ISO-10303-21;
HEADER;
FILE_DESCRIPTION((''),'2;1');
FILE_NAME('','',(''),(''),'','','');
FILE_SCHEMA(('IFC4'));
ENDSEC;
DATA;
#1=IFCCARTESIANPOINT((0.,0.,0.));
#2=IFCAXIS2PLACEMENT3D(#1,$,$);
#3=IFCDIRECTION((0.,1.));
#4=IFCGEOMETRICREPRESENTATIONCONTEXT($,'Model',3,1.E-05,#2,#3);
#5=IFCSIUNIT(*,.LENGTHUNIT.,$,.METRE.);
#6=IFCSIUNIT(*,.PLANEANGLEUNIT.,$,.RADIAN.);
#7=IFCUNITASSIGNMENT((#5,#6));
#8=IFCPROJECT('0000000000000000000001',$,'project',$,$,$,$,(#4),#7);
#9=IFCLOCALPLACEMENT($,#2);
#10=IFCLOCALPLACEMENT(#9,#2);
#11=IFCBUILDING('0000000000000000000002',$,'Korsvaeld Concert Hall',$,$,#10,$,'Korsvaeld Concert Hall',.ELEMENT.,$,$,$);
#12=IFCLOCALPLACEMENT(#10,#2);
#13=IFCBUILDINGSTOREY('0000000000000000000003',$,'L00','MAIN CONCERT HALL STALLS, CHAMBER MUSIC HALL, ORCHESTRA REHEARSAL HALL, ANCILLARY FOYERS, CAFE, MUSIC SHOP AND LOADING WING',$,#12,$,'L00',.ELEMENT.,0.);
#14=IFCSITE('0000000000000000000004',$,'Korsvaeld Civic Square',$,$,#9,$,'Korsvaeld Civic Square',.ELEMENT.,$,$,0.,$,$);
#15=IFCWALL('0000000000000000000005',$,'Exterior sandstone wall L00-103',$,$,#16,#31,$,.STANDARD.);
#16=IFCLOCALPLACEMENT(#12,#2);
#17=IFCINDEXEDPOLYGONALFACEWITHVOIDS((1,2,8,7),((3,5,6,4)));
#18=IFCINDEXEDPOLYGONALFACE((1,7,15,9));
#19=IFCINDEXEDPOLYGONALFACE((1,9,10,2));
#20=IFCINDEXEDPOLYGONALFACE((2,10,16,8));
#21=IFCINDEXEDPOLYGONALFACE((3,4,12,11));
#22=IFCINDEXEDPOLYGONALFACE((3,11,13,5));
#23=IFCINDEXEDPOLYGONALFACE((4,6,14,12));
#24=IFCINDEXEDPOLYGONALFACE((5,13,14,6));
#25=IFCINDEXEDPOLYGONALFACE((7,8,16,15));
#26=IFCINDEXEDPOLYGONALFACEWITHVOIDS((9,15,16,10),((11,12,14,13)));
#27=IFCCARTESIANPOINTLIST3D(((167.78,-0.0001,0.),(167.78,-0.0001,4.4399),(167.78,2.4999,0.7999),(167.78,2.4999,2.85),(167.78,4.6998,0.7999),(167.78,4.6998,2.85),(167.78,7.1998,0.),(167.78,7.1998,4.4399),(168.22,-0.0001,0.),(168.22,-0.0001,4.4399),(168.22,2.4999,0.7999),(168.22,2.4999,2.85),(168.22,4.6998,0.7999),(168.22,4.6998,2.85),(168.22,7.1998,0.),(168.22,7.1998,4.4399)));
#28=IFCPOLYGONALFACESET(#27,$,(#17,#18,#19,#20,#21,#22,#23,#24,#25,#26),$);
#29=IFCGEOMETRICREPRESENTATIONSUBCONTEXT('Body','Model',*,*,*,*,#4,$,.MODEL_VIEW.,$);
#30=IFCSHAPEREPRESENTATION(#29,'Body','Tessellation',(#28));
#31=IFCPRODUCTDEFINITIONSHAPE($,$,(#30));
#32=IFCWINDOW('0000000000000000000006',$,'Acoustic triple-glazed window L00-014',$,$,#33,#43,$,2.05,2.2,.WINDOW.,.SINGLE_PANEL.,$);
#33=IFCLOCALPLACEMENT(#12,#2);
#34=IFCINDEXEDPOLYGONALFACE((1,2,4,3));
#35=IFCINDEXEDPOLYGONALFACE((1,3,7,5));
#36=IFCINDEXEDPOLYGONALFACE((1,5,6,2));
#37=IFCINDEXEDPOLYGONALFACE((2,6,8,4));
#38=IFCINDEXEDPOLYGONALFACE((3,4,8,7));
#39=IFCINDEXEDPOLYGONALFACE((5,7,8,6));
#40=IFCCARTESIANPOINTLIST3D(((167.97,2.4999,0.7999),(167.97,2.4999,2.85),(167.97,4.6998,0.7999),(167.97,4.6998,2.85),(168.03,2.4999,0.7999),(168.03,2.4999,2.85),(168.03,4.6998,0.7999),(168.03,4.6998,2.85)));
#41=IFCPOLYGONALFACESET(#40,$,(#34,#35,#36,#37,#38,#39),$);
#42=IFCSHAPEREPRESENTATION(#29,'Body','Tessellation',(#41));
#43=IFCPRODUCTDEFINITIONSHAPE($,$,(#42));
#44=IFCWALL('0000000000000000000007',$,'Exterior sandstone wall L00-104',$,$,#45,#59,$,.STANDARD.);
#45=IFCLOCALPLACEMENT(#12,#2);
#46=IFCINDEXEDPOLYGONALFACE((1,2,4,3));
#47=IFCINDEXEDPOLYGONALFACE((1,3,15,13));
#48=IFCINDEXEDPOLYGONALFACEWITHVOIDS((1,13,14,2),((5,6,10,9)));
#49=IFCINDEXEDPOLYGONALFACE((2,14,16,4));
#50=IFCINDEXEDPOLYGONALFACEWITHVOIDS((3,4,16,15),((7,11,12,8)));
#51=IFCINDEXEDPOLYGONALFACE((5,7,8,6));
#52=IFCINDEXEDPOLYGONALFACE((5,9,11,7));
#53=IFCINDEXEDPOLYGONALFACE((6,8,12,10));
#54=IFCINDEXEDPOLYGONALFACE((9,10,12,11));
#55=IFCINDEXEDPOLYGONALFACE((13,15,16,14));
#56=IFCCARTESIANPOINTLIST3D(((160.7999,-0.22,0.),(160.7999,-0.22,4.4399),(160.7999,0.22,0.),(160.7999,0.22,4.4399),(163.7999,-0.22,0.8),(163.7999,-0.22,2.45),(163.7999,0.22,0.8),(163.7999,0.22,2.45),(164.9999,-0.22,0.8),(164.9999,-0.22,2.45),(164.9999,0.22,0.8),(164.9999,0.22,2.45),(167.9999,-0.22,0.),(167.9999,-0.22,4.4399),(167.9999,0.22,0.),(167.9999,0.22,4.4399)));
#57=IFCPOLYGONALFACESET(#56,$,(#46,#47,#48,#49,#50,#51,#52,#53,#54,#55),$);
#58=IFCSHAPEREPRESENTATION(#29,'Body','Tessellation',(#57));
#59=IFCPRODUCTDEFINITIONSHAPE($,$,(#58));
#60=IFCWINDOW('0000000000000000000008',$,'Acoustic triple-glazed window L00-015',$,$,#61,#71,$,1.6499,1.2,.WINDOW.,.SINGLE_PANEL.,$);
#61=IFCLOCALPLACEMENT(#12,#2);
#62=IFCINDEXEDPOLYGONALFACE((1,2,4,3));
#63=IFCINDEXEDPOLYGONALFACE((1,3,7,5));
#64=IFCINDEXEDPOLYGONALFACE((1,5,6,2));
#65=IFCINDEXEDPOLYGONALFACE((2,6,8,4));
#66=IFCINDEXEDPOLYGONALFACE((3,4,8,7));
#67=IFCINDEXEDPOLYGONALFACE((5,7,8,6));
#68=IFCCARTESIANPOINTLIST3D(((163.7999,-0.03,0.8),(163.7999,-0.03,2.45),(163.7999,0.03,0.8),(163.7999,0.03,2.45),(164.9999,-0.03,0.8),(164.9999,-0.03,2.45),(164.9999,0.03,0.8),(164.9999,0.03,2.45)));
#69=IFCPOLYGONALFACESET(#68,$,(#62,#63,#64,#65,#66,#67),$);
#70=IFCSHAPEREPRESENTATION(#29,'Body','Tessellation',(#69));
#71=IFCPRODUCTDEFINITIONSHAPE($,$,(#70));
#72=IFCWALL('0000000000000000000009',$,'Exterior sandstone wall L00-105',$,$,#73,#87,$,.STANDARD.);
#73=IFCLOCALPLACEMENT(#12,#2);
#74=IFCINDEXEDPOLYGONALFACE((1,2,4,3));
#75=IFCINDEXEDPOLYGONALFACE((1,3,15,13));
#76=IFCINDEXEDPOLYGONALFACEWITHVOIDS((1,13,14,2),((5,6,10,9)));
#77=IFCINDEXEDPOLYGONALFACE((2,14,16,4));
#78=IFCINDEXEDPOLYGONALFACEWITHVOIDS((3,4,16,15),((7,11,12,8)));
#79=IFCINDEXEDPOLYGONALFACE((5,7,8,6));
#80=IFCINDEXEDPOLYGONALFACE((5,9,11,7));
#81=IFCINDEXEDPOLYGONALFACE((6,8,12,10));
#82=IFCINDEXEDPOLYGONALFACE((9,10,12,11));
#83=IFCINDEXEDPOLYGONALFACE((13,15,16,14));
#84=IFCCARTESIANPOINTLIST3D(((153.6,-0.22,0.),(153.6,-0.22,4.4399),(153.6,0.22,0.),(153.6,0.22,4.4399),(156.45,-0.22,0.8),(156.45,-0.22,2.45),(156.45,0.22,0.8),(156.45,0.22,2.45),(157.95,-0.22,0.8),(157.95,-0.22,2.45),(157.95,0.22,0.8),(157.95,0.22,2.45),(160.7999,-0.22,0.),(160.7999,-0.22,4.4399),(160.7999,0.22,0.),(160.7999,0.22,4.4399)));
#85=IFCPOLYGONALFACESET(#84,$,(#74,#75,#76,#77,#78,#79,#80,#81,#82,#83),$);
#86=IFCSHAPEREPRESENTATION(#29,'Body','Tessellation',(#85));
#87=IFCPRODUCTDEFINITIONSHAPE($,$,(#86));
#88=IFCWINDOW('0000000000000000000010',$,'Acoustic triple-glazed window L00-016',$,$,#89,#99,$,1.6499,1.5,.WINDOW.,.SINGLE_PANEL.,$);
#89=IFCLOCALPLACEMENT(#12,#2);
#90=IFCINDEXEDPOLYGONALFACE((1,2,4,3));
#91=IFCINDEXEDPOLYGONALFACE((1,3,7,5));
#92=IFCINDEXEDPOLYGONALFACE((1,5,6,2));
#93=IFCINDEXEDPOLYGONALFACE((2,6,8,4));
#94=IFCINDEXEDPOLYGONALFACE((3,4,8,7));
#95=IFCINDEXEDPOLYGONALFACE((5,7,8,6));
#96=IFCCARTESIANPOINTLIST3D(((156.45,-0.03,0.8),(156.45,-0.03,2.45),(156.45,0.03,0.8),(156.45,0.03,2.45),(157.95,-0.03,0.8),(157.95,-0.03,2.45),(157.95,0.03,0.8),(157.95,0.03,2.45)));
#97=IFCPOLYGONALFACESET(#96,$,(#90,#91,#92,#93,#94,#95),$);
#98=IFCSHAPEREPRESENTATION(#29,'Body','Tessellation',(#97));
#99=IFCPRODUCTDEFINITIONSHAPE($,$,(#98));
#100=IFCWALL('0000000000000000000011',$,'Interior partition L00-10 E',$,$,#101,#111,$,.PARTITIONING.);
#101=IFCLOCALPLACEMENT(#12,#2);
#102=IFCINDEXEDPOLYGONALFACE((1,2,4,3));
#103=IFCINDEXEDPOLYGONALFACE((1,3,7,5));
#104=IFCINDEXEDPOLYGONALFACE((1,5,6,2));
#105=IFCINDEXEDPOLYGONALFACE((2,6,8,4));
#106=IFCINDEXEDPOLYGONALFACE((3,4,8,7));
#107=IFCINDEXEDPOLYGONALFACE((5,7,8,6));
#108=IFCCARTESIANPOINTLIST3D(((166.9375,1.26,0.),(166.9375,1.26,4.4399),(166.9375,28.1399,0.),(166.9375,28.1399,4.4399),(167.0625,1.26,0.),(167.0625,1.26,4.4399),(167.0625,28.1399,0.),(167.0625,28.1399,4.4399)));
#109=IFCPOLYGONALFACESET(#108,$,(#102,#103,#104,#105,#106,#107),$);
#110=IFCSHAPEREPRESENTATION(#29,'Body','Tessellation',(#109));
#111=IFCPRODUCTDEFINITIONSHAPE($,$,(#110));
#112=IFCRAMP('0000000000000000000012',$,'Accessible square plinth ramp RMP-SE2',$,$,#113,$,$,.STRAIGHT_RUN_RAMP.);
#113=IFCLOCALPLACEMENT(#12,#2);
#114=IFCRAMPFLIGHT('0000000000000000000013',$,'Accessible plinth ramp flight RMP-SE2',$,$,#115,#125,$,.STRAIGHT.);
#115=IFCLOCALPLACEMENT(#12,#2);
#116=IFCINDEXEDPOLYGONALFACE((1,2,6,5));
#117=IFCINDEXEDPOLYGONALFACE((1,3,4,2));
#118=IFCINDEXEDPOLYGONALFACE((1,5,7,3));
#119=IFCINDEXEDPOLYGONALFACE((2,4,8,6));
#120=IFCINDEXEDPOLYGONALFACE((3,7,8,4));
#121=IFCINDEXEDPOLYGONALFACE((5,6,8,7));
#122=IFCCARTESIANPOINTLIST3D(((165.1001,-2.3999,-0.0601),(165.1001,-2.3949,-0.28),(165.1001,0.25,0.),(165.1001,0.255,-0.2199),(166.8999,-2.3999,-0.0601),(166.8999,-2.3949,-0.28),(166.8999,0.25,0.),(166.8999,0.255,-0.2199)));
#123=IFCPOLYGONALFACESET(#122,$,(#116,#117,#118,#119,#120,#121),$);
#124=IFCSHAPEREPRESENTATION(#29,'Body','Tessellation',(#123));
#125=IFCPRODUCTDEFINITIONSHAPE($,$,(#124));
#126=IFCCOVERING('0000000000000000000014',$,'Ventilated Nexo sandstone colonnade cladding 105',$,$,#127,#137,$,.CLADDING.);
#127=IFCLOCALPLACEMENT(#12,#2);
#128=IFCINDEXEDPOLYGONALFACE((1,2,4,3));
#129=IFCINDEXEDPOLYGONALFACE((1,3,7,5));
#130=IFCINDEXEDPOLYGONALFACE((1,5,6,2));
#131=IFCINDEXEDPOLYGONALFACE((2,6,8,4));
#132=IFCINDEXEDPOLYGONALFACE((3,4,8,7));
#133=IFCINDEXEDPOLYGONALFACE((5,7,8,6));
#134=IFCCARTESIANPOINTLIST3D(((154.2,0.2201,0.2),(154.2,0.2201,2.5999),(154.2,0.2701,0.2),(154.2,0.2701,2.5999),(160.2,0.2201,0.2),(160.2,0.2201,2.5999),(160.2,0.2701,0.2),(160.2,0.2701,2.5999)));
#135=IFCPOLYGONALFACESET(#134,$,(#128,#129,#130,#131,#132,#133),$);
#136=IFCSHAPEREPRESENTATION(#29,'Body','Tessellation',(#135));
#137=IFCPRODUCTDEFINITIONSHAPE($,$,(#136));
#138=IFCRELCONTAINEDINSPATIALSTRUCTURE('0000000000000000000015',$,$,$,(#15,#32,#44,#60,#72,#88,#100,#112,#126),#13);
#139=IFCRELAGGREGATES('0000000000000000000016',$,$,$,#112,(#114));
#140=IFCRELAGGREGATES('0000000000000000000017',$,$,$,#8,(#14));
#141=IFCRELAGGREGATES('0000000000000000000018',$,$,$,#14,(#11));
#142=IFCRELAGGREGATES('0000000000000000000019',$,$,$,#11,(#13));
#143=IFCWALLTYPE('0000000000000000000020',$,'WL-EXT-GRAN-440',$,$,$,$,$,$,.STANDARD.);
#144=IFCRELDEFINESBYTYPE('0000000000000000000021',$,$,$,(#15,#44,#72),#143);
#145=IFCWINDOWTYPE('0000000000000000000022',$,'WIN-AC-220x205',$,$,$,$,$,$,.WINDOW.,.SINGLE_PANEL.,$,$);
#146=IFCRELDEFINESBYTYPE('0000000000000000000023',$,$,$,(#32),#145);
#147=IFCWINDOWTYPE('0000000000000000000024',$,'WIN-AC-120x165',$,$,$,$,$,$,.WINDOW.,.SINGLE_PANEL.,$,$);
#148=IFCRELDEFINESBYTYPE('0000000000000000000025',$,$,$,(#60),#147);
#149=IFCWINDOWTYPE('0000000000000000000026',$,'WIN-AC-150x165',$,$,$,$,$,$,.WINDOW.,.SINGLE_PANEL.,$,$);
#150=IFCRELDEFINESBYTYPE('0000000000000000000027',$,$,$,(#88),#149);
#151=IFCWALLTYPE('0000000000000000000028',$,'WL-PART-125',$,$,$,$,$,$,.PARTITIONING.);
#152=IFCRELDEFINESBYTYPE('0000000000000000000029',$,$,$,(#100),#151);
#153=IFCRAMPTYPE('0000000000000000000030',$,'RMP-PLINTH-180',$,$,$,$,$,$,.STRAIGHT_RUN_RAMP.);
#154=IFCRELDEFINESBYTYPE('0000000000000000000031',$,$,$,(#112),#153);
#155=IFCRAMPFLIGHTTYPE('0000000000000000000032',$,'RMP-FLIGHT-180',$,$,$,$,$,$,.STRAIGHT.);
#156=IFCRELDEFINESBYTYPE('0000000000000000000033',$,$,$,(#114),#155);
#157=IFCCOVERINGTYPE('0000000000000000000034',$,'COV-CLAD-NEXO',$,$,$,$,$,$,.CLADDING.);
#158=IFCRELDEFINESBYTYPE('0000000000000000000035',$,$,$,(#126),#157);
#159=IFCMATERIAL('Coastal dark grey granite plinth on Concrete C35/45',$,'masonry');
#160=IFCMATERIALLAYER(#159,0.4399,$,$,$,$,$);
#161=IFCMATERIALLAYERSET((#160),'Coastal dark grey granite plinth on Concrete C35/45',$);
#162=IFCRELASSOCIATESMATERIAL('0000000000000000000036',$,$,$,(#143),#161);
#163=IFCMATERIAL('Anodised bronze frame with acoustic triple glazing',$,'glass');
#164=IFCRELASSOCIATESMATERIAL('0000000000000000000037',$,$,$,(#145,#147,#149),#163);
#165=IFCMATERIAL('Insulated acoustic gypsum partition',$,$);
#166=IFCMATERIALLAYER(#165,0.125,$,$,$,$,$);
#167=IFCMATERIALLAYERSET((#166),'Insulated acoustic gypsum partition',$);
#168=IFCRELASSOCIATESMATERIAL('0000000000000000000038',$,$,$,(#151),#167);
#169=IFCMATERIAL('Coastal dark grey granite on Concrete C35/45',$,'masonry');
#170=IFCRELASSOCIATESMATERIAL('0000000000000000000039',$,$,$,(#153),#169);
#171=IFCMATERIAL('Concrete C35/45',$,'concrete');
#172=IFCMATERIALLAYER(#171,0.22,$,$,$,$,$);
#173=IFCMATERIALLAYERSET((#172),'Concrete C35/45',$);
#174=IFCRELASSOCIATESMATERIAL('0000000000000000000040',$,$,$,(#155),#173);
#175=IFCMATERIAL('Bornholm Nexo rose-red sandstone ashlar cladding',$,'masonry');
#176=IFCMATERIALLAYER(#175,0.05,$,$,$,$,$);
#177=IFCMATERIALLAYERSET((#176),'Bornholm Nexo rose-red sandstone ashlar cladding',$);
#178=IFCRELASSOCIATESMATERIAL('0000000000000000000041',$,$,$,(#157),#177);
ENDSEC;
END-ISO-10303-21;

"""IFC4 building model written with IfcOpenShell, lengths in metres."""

from ifc_helpers import new_model, si_unit, direction, frame, frame_2d, origin, origin_2d, place, context, subcontext, project, spatial, polyline, rectangle, outline, extrude, material, layer, layer_set, type_object, element, fill, aggregate, save


model = new_model("IFC4")

# Units and contexts
model_context = context("Model", 3, precision=1e-05, world=origin(), true_north=direction((0.0, 1.0)))
body_context = subcontext(model_context, "Body", "Model", "MODEL_VIEW")
ifc_project = project(units=[si_unit("LENGTHUNIT", "METRE"), si_unit("PLANEANGLEUNIT", "RADIAN")], contexts=[model_context])

# Site, building, storey
site_placement = place(None, origin())
site = spatial("IfcSite", under=ifc_project, at=site_placement, Name="Korsvaeld Civic Square", LongName="Korsvaeld Civic Square", CompositionType="ELEMENT", RefElevation=0.0)
building_placement = place(site_placement, origin())
building = spatial("IfcBuilding", under=site, at=building_placement, Name="Korsvaeld Concert Hall", LongName="Korsvaeld Concert Hall", CompositionType="ELEMENT")
storey_placement = place(building_placement, origin())
storey = spatial("IfcBuildingStorey", under=building, at=storey_placement, Name="L00", Description="MAIN CONCERT HALL STALLS, CHAMBER MUSIC HALL, ORCHESTRA REHEARSAL HALL, ANCILLARY FOYERS, CAFE, MUSIC SHOP AND LOADING WING", LongName="L00", CompositionType="ELEMENT", Elevation=0.0)

# Shared definitions
ifc_material_1 = material(Name="Concrete C35/45", Category="concrete")

# Walls, openings, windows
ifc_material_2 = material(Name="Coastal dark grey granite plinth on Concrete C35/45", Category="masonry")
ifc_layer_1 = layer(ifc_material_2, 0.4399)
ifc_layer_set_1 = layer_set([ifc_layer_1], Name="Coastal dark grey granite plinth on Concrete C35/45")
wall_type_1 = type_object("IfcWallType", Name="WL-EXT-GRAN-440", PredefinedType="STANDARD", material=ifc_layer_set_1)
wall_1_placement = place(storey_placement, frame((168.0, 7.2, 0.0), z_axis=(0.0, 0.0, 1.0), x_axis=(0.0, -1.0, 0.0)))
wall_1 = element("IfcWall", 1, at=wall_1_placement, inside=storey, type_object=wall_type_1, Name="Exterior sandstone wall L00-103", PredefinedType="STANDARD", context=body_context, shape_type="SweptSolid", body=[
    extrude(rectangle(XDim=7.2, YDim=0.4399, at=frame_2d((3.6001, 0.0))), origin(), (0.0, 0.0, 1.0), 4.4399),
])
opening_1_placement = place(wall_1_placement, frame((2.5, 0.0, 0.8)))
opening_1 = element("IfcOpeningElement", 2, at=opening_1_placement, cuts=wall_1, PredefinedType="OPENING", context=body_context, shape_type="SweptSolid", body=[
    extrude(rectangle(XDim=2.2, YDim=2.05, at=frame_2d((1.1001, 1.0249))), frame((0.0, 0.23, 0.0), z_axis=(0.0, -1.0, 0.0), x_axis=(1.0, 0.0, 0.0)), (0.0, 0.0, 1.0), 0.46),
])
ifc_material_3 = material(Name="Anodised bronze frame with acoustic triple glazing", Category="glass")
window_type_1 = type_object("IfcWindowType", Name="WIN-AC-220x205", PartitioningType="SINGLE_PANEL", PredefinedType="WINDOW", material=ifc_material_3)
window_1_placement = place(opening_1_placement, origin())
window_1 = element("IfcWindow", 3, at=window_1_placement, inside=storey, type_object=window_type_1, Name="Acoustic triple-glazed window L00-014", OverallHeight=2.05, OverallWidth=2.2, PartitioningType="SINGLE_PANEL", PredefinedType="WINDOW", context=body_context, shape_type="SweptSolid", body=[
    extrude(rectangle(XDim=2.2, YDim=2.05, at=frame_2d((1.1001, 1.0249))), frame((0.0, 0.03, 0.0), z_axis=(0.0, -1.0, 0.0), x_axis=(1.0, 0.0, 0.0)), (0.0, 0.0, 1.0), 0.0601),
])
fill(opening_1, window_1)
wall_2_placement = place(storey_placement, frame((168.0, 0.0, 0.0), z_axis=(0.0, 0.0, 1.0), x_axis=(-1.0, 0.0, 0.0)))
wall_2 = element("IfcWall", 4, at=wall_2_placement, inside=storey, type_object=wall_type_1, Name="Exterior sandstone wall L00-104", PredefinedType="STANDARD", context=body_context, shape_type="SweptSolid", body=[
    extrude(rectangle(XDim=7.2, YDim=0.4399, at=frame_2d((3.6001, 0.0))), origin(), (0.0, 0.0, 1.0), 4.4399),
])
opening_2_placement = place(wall_2_placement, frame((3.0, 0.0, 0.8)))
opening_2 = element("IfcOpeningElement", 5, at=opening_2_placement, cuts=wall_2, PredefinedType="OPENING", context=body_context, shape_type="SweptSolid", body=[
    extrude(rectangle(XDim=1.2, YDim=1.6499, at=frame_2d((0.6001, 0.825))), frame((0.0, 0.23, 0.0), z_axis=(0.0, -1.0, 0.0), x_axis=(1.0, 0.0, 0.0)), (0.0, 0.0, 1.0), 0.46),
])
window_type_2 = type_object("IfcWindowType", Name="WIN-AC-120x165", PartitioningType="SINGLE_PANEL", PredefinedType="WINDOW", material=ifc_material_3)
window_2_placement = place(opening_2_placement, origin())
window_2 = element("IfcWindow", 6, at=window_2_placement, inside=storey, type_object=window_type_2, Name="Acoustic triple-glazed window L00-015", OverallHeight=1.6499, OverallWidth=1.2, PartitioningType="SINGLE_PANEL", PredefinedType="WINDOW", context=body_context, shape_type="SweptSolid", body=[
    extrude(rectangle(XDim=1.2, YDim=1.6499, at=frame_2d((0.6001, 0.825))), frame((0.0, 0.03, 0.0), z_axis=(0.0, -1.0, 0.0), x_axis=(1.0, 0.0, 0.0)), (0.0, 0.0, 1.0), 0.0601),
])
fill(opening_2, window_2)
wall_3_placement = place(storey_placement, frame((160.8, 0.0, 0.0), z_axis=(0.0, 0.0, 1.0), x_axis=(-1.0, 0.0, 0.0)))
wall_3 = element("IfcWall", 7, at=wall_3_placement, inside=storey, type_object=wall_type_1, Name="Exterior sandstone wall L00-105", PredefinedType="STANDARD", context=body_context, shape_type="SweptSolid", body=[
    extrude(rectangle(XDim=7.2, YDim=0.4399, at=frame_2d((3.6001, 0.0))), origin(), (0.0, 0.0, 1.0), 4.4399),
])
opening_3_placement = place(wall_3_placement, frame((2.8501, 0.0, 0.8)))
opening_3 = element("IfcOpeningElement", 8, at=opening_3_placement, cuts=wall_3, PredefinedType="OPENING", context=body_context, shape_type="SweptSolid", body=[
    extrude(rectangle(XDim=1.5, YDim=1.6499, at=frame_2d((0.75, 0.825))), frame((0.0, 0.23, 0.0), z_axis=(0.0, -1.0, 0.0), x_axis=(1.0, 0.0, 0.0)), (0.0, 0.0, 1.0), 0.46),
])
window_type_3 = type_object("IfcWindowType", Name="WIN-AC-150x165", PartitioningType="SINGLE_PANEL", PredefinedType="WINDOW", material=ifc_material_3)
window_3_placement = place(opening_3_placement, origin())
window_3 = element("IfcWindow", 9, at=window_3_placement, inside=storey, type_object=window_type_3, Name="Acoustic triple-glazed window L00-016", OverallHeight=1.6499, OverallWidth=1.5, PartitioningType="SINGLE_PANEL", PredefinedType="WINDOW", context=body_context, shape_type="SweptSolid", body=[
    extrude(rectangle(XDim=1.5, YDim=1.6499, at=frame_2d((0.75, 0.825))), frame((0.0, 0.03, 0.0), z_axis=(0.0, -1.0, 0.0), x_axis=(1.0, 0.0, 0.0)), (0.0, 0.0, 1.0), 0.0601),
])
fill(opening_3, window_3)

# Wall
ifc_material_4 = material(Name="Insulated acoustic gypsum partition")
ifc_layer_2 = layer(ifc_material_4, 0.125)
ifc_layer_set_2 = layer_set([ifc_layer_2], Name="Insulated acoustic gypsum partition")
wall_type_2 = type_object("IfcWallType", Name="WL-PART-125", PredefinedType="PARTITIONING", material=ifc_layer_set_2)
wall_4_placement = place(storey_placement, frame((167.0, 1.26, 0.0), z_axis=(0.0, 0.0, 1.0), x_axis=(0.0, 1.0, 0.0)))
element("IfcWall", 10, at=wall_4_placement, inside=storey, type_object=wall_type_2, Name="Interior partition L00-10 E", PredefinedType="PARTITIONING", context=body_context, shape_type="SweptSolid", body=[
    extrude(rectangle(XDim=26.8799, YDim=0.125, at=frame_2d((13.4399, 0.0))), origin(), (0.0, 0.0, 1.0), 4.4399),
])

# Ramp, ramp flight
ifc_material_5 = material(Name="Coastal dark grey granite on Concrete C35/45", Category="masonry")
ramp_type = type_object("IfcRampType", Name="RMP-PLINTH-180", PredefinedType="STRAIGHT_RUN_RAMP", material=ifc_material_5)
ramp_placement = place(storey_placement, origin())
ramp = element("IfcRamp", 11, at=ramp_placement, inside=storey, type_object=ramp_type, Name="Accessible square plinth ramp RMP-SE2", PredefinedType="STRAIGHT_RUN_RAMP")
ifc_layer_3 = layer(ifc_material_1, 0.22)
ifc_layer_set_3 = layer_set([ifc_layer_3], Name="Concrete C35/45")
ramp_flight_type = type_object("IfcRampFlightType", Name="RMP-FLIGHT-180", PredefinedType="STRAIGHT", material=ifc_layer_set_3)
ramp_flight_placement = place(storey_placement, frame((165.1001, -2.3999, -0.0601), z_axis=(0.0, -0.022659, 0.999743), x_axis=(1.0, 0.0, 0.0)))
ramp_flight = element("IfcRampFlight", 12, at=ramp_flight_placement, type_object=ramp_flight_type, Name="Accessible plinth ramp flight RMP-SE2", PredefinedType="STRAIGHT", context=body_context, shape_type="SweptSolid", body=[
    extrude(outline(polyline([(0.0, 0.0), (1.7998, 0.0), (1.7998, 2.6506), (0.0, 2.6506), (0.0, 0.0)])), origin(), (0.0, 0.0, -1.0), 0.22),
])
aggregate(ramp, [ramp_flight])

# Covering
ifc_material_6 = material(Name="Bornholm Nexo rose-red sandstone ashlar cladding", Category="masonry")
ifc_layer_4 = layer(ifc_material_6, 0.05)
ifc_layer_set_4 = layer_set([ifc_layer_4], Name="Bornholm Nexo rose-red sandstone ashlar cladding")
covering_type = type_object("IfcCoveringType", Name="COV-CLAD-NEXO", PredefinedType="CLADDING", material=ifc_layer_set_4)
covering_placement = place(storey_placement, frame((157.2, 0.2451, 0.2), z_axis=(0.0, 0.0, 1.0), x_axis=(-1.0, 0.0, 0.0)))
element("IfcCovering", 13, at=covering_placement, inside=storey, type_object=covering_type, Name="Ventilated Nexo sandstone colonnade cladding 105", PredefinedType="CLADDING", context=body_context, shape_type="SweptSolid", body=[
    extrude(rectangle(XDim=6.0, YDim=0.05, at=origin_2d()), origin(), (0.0, 0.0, 1.0), 2.3999),
])

save(model, "model.ifc")
